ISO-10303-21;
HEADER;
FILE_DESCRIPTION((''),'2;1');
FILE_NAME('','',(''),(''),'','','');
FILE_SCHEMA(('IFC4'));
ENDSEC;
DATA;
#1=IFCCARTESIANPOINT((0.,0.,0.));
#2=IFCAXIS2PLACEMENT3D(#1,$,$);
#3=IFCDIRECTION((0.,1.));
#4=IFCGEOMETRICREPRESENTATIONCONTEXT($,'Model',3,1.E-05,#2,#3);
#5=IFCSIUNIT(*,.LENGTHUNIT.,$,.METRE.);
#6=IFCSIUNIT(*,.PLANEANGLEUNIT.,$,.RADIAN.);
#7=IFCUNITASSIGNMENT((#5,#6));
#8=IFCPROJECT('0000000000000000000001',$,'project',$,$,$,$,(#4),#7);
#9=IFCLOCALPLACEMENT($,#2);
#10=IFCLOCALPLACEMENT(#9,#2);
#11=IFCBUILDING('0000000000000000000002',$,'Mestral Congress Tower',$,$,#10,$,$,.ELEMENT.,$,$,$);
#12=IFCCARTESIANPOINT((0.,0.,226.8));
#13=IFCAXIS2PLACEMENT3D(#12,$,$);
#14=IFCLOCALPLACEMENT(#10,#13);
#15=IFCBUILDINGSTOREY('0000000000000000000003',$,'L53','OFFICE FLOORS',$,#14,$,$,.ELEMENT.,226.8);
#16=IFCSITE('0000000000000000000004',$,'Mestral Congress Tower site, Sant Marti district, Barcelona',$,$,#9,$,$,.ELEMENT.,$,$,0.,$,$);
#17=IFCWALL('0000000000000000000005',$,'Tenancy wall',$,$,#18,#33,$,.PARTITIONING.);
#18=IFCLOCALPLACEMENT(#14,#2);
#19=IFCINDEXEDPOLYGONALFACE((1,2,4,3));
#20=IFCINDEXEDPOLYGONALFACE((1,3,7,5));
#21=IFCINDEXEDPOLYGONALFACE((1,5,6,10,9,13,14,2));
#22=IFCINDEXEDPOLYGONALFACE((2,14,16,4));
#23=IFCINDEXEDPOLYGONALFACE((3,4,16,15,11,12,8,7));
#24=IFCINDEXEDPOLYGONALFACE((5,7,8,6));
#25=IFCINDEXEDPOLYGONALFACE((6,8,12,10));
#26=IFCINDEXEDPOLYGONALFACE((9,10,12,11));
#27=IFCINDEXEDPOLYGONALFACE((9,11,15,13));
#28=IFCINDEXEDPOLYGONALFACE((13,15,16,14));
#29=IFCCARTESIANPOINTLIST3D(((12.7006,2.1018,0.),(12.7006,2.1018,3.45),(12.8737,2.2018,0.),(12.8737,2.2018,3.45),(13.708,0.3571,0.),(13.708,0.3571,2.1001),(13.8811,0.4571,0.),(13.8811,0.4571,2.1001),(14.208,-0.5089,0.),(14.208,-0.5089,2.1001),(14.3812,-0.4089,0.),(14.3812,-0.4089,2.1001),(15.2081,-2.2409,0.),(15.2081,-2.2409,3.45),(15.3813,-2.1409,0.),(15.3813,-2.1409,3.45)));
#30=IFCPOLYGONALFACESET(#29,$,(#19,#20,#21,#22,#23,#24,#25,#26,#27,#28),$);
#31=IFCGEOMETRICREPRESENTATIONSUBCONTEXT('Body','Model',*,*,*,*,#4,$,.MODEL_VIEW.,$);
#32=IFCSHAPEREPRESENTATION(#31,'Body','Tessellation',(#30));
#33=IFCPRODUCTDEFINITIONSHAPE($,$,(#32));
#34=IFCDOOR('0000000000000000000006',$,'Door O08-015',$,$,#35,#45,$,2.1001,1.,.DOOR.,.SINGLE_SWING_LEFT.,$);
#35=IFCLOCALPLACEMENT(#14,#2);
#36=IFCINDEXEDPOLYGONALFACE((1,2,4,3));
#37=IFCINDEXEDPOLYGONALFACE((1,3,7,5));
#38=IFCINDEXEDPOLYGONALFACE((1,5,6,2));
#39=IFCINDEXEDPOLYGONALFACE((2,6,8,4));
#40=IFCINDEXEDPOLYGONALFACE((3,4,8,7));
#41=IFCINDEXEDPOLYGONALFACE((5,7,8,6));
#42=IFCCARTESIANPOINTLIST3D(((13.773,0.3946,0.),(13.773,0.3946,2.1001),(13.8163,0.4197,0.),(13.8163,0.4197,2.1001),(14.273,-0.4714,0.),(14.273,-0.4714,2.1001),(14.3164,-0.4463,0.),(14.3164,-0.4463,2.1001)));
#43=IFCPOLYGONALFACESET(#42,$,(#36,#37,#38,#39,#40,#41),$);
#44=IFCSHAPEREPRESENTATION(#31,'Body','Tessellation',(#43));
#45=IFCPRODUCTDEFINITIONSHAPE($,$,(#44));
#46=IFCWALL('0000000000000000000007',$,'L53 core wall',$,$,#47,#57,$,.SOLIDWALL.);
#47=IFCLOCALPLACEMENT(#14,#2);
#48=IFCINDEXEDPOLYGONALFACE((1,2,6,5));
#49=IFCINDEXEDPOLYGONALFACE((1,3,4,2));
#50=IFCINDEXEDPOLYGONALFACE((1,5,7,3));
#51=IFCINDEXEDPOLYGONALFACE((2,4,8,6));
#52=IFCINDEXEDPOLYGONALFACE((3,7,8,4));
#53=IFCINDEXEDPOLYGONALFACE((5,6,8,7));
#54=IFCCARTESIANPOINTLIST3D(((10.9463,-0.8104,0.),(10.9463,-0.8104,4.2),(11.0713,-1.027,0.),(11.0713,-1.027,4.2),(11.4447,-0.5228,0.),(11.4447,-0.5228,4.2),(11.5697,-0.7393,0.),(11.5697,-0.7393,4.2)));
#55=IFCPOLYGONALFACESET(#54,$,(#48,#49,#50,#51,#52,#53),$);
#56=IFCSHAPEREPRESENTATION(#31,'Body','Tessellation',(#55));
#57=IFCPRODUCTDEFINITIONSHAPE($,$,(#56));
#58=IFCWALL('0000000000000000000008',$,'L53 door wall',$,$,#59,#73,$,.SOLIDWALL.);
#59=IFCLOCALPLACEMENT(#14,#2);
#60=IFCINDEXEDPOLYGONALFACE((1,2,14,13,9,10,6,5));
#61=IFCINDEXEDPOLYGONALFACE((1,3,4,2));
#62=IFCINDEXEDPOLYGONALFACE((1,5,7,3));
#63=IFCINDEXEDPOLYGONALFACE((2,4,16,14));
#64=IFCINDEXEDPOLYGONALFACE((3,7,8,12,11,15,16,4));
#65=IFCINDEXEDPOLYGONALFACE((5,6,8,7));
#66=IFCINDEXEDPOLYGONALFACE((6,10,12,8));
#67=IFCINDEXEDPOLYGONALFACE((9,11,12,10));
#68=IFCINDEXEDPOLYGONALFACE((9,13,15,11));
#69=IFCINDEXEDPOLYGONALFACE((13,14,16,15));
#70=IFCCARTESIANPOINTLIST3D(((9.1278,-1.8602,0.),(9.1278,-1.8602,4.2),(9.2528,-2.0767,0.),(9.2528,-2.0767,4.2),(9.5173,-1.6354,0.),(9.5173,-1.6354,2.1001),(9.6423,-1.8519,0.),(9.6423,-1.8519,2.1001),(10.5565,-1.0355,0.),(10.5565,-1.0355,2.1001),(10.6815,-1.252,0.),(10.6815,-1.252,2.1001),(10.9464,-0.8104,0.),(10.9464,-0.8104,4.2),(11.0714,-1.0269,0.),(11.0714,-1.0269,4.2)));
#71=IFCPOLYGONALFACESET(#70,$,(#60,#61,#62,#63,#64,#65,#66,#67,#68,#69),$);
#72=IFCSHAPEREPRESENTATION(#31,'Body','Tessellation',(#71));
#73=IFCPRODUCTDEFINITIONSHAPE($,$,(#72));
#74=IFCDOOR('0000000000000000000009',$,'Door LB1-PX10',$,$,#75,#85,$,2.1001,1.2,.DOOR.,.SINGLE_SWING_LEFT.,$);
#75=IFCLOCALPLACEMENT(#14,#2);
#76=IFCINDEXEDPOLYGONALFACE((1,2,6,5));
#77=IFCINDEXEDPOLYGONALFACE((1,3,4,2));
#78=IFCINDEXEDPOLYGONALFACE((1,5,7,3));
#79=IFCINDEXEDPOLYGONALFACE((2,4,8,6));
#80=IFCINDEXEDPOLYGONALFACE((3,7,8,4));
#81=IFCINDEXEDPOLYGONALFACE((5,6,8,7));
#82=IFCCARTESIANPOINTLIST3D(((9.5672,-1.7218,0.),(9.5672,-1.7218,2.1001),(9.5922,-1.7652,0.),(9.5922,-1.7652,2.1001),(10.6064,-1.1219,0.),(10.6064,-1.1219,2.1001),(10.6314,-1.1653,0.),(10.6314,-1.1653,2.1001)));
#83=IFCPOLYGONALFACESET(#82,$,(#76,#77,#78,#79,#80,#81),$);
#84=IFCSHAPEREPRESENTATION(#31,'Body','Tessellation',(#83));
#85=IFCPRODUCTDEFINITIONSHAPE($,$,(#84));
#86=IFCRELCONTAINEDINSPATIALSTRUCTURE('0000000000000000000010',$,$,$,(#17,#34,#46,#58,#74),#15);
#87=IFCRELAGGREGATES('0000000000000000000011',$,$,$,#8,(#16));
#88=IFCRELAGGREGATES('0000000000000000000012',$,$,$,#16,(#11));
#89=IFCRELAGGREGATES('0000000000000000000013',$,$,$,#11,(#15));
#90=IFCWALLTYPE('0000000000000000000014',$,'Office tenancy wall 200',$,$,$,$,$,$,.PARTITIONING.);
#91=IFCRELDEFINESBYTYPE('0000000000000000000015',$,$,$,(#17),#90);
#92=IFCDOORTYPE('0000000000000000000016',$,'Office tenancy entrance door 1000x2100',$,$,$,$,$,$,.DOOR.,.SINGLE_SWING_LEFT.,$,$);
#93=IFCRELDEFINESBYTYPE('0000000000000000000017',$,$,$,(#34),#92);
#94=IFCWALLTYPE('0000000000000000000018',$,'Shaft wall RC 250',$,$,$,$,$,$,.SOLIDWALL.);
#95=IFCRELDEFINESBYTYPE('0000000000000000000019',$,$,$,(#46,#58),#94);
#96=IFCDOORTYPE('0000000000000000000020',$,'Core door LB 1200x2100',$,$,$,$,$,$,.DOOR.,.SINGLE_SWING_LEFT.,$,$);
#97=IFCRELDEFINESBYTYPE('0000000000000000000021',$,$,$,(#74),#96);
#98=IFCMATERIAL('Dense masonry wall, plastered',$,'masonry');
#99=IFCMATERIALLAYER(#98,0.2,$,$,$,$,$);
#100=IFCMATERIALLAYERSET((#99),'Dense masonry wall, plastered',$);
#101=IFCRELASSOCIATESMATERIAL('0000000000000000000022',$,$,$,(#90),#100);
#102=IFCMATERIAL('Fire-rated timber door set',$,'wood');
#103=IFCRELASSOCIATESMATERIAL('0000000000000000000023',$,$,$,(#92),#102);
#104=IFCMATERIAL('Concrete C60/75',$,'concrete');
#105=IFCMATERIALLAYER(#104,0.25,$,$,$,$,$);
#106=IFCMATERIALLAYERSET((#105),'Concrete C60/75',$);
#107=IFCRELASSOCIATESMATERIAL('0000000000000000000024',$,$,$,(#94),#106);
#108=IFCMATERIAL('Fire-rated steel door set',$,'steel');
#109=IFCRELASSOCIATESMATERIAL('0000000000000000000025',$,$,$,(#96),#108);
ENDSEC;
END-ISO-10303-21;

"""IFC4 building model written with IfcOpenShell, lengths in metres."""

from ifc_helpers import new_model, si_unit, direction, frame, frame_2d, origin, place, context, subcontext, project, spatial, rectangle, extrude, material, layer, layer_set, type_object, element, fill, save


model = new_model("IFC4")

# Units and contexts
model_context = context("Model", 3, precision=1e-05, world=origin(), true_north=direction((0.0, 1.0)))
body_context = subcontext(model_context, "Body", "Model", "MODEL_VIEW")
ifc_project = project(units=[si_unit("LENGTHUNIT", "METRE"), si_unit("PLANEANGLEUNIT", "RADIAN")], contexts=[model_context])

# Site, building, storey
site_placement = place(None, origin())
site = spatial("IfcSite", under=ifc_project, at=site_placement, Name="Mestral Congress Tower site, Sant Marti district, Barcelona", CompositionType="ELEMENT", RefElevation=0.0)
building_placement = place(site_placement, origin())
building = spatial("IfcBuilding", under=site, at=building_placement, Name="Mestral Congress Tower", CompositionType="ELEMENT")
storey_placement = place(building_placement, frame((0.0, 0.0, 226.8)))
storey = spatial("IfcBuildingStorey", under=building, at=storey_placement, Name="L53", Description="OFFICE FLOORS", CompositionType="ELEMENT", Elevation=226.8)

# Shared definitions
ifc_material_1 = material(Name="Concrete C60/75", Category="concrete")

# Shared definitions
ifc_material_2 = material(Name="Dense masonry wall, plastered", Category="masonry")
ifc_layer_1 = layer(ifc_material_2, 0.2)
ifc_layer_set_1 = layer_set([ifc_layer_1], Name="Dense masonry wall, plastered")
wall_type_1 = type_object("IfcWallType", Name="Office tenancy wall 200", PredefinedType="PARTITIONING", material=ifc_layer_set_1)

# Wall, opening, door
wall_1_placement = place(storey_placement, frame((15.2947, -2.1909, 0.0), z_axis=(0.0, 0.0, 1.0), x_axis=(-0.50004, 0.866002, 0.0)))
wall_1 = element("IfcWall", 1, at=wall_1_placement, inside=storey, type_object=wall_type_1, Name="Tenancy wall", PredefinedType="PARTITIONING", context=body_context, shape_type="SweptSolid", body=[
    extrude(rectangle(XDim=5.0146, YDim=0.2, at=frame_2d((2.5073, 0.0))), origin(), (0.0, 0.0, 1.0), 3.45),
])
opening_1_placement = place(wall_1_placement, frame((2.0, 0.0, 0.0)))
opening_1 = element("IfcOpeningElement", 2, at=opening_1_placement, cuts=wall_1, PredefinedType="OPENING", context=body_context, shape_type="SweptSolid", body=[
    extrude(rectangle(XDim=1.0, YDim=2.1001, at=frame_2d((0.5, 1.05))), frame((0.0, 0.1099, 0.0), z_axis=(0.0, -1.0, 0.0), x_axis=(1.0, 0.0, 0.0)), (0.0, 0.0, 1.0), 0.22),
])
ifc_material_3 = material(Name="Fire-rated timber door set", Category="wood")
door_type_1 = type_object("IfcDoorType", Name="Office tenancy entrance door 1000x2100", OperationType="SINGLE_SWING_LEFT", PredefinedType="DOOR", material=ifc_material_3)
door_1_placement = place(opening_1_placement, origin())
door_1 = element("IfcDoor", 3, at=door_1_placement, inside=storey, type_object=door_type_1, Name="Door O08-015", OperationType="SINGLE_SWING_LEFT", OverallHeight=2.1001, OverallWidth=1.0, PredefinedType="DOOR", context=body_context, shape_type="SweptSolid", body=[
    extrude(rectangle(XDim=1.0, YDim=2.1001, at=frame_2d((0.5, 1.05))), frame((0.0, 0.0249, 0.0), z_axis=(0.0, -1.0, 0.0), x_axis=(1.0, 0.0, 0.0)), (0.0, 0.0, 1.0), 0.05),
])
fill(opening_1, door_1)

# Wall
ifc_layer_2 = layer(ifc_material_1, 0.25)
ifc_layer_set_2 = layer_set([ifc_layer_2], Name="Concrete C60/75")
wall_type_2 = type_object("IfcWallType", Name="Shaft wall RC 250", PredefinedType="SOLIDWALL", material=ifc_layer_set_2)
wall_2_placement = place(storey_placement, frame((11.5071, -0.6311, 0.0), z_axis=(0.0, 0.0, 1.0), x_axis=(-0.866094, -0.499882, 0.0)))
element("IfcWall", 4, at=wall_2_placement, inside=storey, type_object=wall_type_2, Name="L53 core wall", PredefinedType="SOLIDWALL", context=body_context, shape_type="SweptSolid", body=[
    extrude(rectangle(XDim=0.5754, YDim=0.25, at=frame_2d((0.2876, 0.0))), origin(), (0.0, 0.0, 1.0), 4.2),
])

# Wall, opening, door
wall_3_placement = place(storey_placement, frame((11.0088, -0.9187, 0.0), z_axis=(0.0, 0.0, 1.0), x_axis=(-0.86606, -0.499941, 0.0)))
wall_3 = element("IfcWall", 5, at=wall_3_placement, inside=storey, type_object=wall_type_2, Name="L53 door wall", PredefinedType="SOLIDWALL", context=body_context, shape_type="SweptSolid", body=[
    extrude(rectangle(XDim=2.0999, YDim=0.25, at=frame_2d((1.0498, 0.0))), origin(), (0.0, 0.0, 1.0), 4.2),
])
opening_2_placement = place(wall_3_placement, frame((0.45, 0.0, 0.0)))
opening_2 = element("IfcOpeningElement", 6, at=opening_2_placement, cuts=wall_3, PredefinedType="OPENING", context=body_context, shape_type="SweptSolid", body=[
    extrude(rectangle(XDim=1.2, YDim=2.1001, at=frame_2d((0.6001, 1.05))), frame((0.0, 0.135, 0.0), z_axis=(0.0, -1.0, 0.0), x_axis=(1.0, 0.0, 0.0)), (0.0, 0.0, 1.0), 0.27),
])
ifc_material_4 = material(Name="Fire-rated steel door set", Category="steel")
door_type_2 = type_object("IfcDoorType", Name="Core door LB 1200x2100", OperationType="SINGLE_SWING_LEFT", PredefinedType="DOOR", material=ifc_material_4)
door_2_placement = place(opening_2_placement, origin())
door_2 = element("IfcDoor", 7, at=door_2_placement, inside=storey, type_object=door_type_2, Name="Door LB1-PX10", OperationType="SINGLE_SWING_LEFT", OverallHeight=2.1001, OverallWidth=1.2, PredefinedType="DOOR", context=body_context, shape_type="SweptSolid", body=[
    extrude(rectangle(XDim=1.2, YDim=2.1001, at=frame_2d((0.6001, 1.05))), frame((0.0, 0.0249, 0.0), z_axis=(0.0, -1.0, 0.0), x_axis=(1.0, 0.0, 0.0)), (0.0, 0.0, 1.0), 0.05),
])
fill(opening_2, door_2)

save(model, "model.ifc")
